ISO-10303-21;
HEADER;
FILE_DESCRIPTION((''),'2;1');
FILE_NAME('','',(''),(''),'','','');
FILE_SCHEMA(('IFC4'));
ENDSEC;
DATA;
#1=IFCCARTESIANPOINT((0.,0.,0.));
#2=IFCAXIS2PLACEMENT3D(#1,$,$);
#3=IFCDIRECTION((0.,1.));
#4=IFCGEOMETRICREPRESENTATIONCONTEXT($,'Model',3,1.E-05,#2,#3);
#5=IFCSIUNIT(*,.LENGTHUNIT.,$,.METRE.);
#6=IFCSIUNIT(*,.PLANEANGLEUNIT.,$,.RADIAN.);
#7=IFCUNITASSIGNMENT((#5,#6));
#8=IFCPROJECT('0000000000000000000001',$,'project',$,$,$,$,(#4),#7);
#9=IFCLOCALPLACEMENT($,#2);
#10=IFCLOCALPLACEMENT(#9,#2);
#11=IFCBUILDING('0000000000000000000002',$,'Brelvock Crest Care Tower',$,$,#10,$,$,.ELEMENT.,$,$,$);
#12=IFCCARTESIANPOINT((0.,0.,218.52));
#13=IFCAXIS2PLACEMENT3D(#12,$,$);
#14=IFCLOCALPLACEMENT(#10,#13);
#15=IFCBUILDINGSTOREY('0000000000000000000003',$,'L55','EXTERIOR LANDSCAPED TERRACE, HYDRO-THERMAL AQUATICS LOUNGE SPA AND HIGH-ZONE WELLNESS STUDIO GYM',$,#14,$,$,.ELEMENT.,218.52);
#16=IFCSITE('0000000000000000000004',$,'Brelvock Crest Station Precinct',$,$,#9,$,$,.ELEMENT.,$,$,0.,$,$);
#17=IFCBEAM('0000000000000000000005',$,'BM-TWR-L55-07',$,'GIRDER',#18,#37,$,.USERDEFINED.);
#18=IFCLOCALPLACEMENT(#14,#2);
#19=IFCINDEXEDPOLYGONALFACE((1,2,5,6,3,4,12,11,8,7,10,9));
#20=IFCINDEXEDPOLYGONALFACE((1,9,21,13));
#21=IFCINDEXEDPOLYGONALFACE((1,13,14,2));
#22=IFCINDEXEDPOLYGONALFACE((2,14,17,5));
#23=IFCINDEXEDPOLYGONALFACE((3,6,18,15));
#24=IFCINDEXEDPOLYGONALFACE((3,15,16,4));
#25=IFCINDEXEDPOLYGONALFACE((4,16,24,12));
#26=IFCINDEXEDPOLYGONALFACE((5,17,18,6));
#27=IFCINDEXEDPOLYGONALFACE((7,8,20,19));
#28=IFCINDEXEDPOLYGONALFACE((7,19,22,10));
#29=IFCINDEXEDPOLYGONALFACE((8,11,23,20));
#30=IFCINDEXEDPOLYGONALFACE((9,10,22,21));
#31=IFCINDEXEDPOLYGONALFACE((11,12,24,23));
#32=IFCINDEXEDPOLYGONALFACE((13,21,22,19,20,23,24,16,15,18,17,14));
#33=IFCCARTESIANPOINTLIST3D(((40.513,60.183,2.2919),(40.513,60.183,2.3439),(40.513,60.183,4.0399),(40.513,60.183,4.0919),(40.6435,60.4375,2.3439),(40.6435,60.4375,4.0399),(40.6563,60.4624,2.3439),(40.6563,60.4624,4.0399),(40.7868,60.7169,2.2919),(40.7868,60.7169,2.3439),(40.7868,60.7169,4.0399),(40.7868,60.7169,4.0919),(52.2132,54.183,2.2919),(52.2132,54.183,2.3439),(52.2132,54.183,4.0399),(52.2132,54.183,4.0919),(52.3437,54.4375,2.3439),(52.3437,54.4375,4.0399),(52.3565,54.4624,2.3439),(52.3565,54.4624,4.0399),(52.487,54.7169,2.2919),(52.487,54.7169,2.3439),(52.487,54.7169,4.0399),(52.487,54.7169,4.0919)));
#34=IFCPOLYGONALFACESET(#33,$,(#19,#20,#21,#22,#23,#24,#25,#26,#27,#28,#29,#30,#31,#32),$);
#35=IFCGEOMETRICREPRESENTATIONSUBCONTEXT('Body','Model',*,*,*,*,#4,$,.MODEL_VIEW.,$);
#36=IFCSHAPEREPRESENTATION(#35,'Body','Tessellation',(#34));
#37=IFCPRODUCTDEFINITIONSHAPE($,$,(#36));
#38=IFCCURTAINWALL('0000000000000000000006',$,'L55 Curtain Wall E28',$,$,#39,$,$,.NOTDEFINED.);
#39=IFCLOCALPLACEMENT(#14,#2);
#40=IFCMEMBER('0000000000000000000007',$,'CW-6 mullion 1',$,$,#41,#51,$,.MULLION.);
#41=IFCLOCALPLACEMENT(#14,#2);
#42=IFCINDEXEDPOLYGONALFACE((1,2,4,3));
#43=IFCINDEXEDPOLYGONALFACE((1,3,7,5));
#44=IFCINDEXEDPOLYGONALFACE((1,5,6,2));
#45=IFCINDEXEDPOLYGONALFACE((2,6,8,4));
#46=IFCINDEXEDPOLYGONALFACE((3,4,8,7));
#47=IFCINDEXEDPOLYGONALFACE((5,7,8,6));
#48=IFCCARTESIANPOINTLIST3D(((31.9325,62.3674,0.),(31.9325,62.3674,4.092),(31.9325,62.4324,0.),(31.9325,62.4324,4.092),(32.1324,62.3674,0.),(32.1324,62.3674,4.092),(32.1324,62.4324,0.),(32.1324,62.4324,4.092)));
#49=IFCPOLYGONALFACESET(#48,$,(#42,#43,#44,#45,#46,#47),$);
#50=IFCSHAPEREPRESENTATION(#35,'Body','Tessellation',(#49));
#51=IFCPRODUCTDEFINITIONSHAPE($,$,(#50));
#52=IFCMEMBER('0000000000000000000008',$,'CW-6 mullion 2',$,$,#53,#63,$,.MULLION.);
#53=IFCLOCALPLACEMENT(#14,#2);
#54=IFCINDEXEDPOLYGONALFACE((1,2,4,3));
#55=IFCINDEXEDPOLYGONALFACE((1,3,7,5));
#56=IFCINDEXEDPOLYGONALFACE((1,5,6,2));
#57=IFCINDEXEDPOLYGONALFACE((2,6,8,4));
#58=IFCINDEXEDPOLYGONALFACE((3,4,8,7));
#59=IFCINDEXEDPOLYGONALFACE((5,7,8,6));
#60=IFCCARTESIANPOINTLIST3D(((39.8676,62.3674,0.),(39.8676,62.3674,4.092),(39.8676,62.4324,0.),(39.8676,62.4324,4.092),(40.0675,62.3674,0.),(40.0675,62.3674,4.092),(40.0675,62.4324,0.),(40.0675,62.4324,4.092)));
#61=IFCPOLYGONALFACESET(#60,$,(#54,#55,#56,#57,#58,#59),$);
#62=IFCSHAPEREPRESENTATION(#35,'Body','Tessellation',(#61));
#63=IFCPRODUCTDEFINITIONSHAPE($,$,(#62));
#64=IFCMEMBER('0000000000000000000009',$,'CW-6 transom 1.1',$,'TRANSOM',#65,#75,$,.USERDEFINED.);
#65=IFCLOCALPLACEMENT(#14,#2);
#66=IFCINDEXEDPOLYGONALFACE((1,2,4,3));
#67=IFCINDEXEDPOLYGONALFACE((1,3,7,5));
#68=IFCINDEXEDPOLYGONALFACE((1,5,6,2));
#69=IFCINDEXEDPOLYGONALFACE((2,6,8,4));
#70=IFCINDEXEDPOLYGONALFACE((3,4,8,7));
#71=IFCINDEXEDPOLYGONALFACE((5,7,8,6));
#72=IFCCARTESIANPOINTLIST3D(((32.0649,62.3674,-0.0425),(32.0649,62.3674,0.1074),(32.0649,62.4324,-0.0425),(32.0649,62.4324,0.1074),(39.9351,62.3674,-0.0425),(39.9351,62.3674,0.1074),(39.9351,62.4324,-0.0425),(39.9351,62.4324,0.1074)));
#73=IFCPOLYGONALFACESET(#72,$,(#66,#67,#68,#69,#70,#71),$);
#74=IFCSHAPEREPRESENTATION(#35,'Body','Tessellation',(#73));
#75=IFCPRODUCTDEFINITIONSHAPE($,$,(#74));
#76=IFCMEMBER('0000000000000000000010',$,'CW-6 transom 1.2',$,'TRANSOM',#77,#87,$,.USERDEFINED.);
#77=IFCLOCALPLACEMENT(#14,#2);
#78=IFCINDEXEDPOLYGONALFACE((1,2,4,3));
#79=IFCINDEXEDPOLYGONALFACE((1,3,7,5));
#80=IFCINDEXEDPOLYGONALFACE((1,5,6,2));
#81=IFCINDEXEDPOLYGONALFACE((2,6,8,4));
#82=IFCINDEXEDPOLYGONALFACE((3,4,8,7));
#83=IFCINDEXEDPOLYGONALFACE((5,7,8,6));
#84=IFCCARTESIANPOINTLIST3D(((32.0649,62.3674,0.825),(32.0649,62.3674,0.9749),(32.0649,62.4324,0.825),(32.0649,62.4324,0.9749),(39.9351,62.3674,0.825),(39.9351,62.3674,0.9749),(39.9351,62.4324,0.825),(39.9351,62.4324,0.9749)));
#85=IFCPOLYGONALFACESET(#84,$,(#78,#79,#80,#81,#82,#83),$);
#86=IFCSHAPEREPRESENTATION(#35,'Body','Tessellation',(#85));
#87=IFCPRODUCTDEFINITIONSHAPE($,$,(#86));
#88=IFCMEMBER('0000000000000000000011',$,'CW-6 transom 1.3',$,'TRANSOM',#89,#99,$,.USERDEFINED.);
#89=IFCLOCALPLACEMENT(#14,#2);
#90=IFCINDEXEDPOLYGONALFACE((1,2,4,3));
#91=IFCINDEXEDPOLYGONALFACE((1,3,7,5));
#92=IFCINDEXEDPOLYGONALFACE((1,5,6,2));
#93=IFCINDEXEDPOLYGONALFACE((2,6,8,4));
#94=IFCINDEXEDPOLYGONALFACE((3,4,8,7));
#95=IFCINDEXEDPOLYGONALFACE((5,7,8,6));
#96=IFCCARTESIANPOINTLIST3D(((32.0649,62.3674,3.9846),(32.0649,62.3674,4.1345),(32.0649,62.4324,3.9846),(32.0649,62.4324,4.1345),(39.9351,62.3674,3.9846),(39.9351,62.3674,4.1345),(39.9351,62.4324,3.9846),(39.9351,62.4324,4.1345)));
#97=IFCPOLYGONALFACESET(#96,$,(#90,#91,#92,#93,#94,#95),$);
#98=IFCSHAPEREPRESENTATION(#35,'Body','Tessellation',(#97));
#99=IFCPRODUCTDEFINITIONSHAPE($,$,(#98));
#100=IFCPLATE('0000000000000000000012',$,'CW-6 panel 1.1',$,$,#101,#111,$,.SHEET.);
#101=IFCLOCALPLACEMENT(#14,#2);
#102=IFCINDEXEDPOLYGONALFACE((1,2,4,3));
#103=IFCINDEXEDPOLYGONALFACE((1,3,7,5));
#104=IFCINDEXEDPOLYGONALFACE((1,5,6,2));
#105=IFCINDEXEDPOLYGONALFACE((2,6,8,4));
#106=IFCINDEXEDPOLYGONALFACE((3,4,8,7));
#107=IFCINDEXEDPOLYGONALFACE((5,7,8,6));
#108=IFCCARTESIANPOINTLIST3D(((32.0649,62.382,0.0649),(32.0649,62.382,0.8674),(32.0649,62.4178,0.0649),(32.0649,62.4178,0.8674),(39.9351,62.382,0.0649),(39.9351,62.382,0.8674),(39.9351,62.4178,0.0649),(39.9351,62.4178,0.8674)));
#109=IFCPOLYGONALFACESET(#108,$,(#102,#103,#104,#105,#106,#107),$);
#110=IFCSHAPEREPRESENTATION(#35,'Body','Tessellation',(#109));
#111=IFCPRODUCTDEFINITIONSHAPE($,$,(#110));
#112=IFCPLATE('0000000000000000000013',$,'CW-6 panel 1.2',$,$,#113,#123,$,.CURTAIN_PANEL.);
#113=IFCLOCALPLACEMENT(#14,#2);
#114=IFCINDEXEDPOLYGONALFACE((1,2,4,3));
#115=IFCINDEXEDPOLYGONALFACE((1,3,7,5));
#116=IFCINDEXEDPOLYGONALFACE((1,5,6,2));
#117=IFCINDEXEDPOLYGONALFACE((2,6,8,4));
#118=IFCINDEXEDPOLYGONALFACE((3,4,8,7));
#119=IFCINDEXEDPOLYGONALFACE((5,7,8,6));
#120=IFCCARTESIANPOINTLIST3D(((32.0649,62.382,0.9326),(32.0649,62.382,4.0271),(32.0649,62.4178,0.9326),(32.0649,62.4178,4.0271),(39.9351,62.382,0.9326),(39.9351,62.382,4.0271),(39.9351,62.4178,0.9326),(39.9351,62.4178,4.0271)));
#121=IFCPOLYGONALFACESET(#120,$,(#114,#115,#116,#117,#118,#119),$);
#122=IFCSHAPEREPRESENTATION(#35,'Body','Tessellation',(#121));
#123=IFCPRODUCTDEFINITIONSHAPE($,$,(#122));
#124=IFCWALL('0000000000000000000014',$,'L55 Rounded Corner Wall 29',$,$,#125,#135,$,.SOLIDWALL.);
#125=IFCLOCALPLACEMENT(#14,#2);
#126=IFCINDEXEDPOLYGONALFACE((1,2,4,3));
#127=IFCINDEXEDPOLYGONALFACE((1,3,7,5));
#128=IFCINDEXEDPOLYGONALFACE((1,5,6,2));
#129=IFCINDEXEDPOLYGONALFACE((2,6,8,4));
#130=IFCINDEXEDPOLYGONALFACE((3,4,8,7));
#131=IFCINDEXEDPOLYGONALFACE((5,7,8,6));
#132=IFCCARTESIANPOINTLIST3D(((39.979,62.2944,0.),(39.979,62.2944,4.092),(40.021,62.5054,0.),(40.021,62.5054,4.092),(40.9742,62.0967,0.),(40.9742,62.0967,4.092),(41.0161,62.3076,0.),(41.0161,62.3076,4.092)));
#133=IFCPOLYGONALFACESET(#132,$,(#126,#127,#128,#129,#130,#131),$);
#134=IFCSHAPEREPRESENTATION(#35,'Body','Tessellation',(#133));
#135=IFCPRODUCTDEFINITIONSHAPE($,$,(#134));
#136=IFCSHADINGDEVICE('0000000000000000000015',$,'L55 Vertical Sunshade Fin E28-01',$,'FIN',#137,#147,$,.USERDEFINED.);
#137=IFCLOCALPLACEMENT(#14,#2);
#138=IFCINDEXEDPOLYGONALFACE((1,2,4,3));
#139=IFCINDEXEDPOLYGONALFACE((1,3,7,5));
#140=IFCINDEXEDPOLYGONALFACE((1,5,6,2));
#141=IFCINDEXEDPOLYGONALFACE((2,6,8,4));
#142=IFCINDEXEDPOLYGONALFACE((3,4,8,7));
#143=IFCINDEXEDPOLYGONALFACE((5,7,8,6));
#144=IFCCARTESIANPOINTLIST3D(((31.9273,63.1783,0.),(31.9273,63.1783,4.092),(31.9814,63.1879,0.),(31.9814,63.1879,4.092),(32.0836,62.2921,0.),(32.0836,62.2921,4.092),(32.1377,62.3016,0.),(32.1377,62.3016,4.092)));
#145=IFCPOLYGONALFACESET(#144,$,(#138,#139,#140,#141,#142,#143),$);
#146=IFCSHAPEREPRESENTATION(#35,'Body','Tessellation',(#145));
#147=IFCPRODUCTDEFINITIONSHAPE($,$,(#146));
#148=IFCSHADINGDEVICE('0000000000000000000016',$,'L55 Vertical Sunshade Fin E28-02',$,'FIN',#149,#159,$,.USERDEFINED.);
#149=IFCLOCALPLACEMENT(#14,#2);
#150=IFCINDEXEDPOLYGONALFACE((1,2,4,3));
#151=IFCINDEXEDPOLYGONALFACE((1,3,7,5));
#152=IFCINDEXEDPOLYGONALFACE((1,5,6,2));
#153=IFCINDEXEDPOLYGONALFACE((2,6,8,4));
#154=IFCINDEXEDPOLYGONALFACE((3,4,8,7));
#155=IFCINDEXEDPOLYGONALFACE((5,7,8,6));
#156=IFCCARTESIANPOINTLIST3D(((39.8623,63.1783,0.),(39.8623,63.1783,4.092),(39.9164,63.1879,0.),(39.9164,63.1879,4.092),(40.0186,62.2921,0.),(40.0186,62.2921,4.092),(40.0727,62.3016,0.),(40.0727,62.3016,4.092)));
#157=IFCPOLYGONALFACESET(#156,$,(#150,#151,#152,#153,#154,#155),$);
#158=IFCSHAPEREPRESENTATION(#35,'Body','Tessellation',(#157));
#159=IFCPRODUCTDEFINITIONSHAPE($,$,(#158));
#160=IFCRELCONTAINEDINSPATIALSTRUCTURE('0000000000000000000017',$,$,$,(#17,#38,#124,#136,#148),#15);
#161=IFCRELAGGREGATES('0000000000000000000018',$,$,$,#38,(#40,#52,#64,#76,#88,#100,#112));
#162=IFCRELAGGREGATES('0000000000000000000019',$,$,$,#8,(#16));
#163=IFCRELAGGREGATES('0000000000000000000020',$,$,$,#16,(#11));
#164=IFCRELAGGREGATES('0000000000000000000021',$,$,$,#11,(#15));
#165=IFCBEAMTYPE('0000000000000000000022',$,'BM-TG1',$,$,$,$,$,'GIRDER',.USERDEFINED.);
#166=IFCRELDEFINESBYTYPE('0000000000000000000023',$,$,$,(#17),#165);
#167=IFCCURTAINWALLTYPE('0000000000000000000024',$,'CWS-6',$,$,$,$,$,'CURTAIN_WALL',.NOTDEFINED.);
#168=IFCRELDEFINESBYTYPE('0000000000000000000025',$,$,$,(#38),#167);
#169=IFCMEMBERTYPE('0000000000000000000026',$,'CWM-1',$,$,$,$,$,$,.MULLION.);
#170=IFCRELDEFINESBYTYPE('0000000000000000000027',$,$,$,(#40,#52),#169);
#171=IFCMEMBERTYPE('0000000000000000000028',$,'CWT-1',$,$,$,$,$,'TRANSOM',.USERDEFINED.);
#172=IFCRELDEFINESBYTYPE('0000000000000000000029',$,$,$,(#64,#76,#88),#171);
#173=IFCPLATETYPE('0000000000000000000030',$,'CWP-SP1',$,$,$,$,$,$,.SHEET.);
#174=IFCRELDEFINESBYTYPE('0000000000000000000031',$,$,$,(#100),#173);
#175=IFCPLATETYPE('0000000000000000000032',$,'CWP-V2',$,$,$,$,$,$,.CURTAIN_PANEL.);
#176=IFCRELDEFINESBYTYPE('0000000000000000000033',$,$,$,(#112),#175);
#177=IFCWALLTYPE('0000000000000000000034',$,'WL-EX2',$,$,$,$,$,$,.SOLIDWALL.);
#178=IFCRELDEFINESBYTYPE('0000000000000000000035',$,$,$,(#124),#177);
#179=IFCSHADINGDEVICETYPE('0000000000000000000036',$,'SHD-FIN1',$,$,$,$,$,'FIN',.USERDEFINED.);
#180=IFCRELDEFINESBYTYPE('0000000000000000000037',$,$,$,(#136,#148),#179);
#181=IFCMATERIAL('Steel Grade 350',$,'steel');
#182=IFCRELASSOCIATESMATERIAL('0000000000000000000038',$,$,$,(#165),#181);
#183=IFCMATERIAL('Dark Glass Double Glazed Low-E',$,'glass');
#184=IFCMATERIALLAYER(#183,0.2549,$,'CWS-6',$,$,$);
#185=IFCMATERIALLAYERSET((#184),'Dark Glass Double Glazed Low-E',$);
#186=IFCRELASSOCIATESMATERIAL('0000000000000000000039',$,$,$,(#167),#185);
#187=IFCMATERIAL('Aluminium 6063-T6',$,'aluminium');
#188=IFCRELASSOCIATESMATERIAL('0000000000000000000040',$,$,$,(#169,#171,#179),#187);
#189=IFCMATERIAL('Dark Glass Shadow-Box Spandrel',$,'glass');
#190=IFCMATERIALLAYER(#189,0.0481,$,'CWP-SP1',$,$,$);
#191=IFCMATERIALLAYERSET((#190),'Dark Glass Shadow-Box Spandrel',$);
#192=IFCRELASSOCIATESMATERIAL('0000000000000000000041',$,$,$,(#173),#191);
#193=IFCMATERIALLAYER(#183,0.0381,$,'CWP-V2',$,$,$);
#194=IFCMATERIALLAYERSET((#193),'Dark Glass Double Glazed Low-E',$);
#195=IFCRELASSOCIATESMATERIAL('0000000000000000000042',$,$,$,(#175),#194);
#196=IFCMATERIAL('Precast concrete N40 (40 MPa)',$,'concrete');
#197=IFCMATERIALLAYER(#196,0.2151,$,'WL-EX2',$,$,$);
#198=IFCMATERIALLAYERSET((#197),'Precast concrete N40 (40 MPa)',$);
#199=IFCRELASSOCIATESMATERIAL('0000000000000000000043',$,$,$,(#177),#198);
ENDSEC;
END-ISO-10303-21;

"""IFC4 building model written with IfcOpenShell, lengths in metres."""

from ifc_helpers import new_model, si_unit, direction, frame, frame_2d, origin, origin_2d, place, context, subcontext, project, spatial, rectangle, i_section, extrude, source, transform, mapped, material, layer, layer_set, material_profile, profile_set, type_object, element, aggregate, save


model = new_model("IFC4")

# Units and contexts
model_context = context("Model", 3, precision=1e-05, world=origin(), true_north=direction((0.0, 1.0)))
body_context = subcontext(model_context, "Body", "Model", "MODEL_VIEW")
ifc_project = project(units=[si_unit("LENGTHUNIT", "METRE"), si_unit("PLANEANGLEUNIT", "RADIAN")], contexts=[model_context])

# Site, building, storey
site_placement = place(None, origin())
site = spatial("IfcSite", under=ifc_project, at=site_placement, Name="Brelvock Crest Station Precinct", CompositionType="ELEMENT", RefElevation=0.0)
building_placement = place(site_placement, origin())
building = spatial("IfcBuilding", under=site, at=building_placement, Name="Brelvock Crest Care Tower", CompositionType="ELEMENT")
storey_placement = place(building_placement, frame((0.0, 0.0, 218.52)))
storey = spatial("IfcBuildingStorey", under=building, at=storey_placement, Name="L55", Description="EXTERIOR LANDSCAPED TERRACE, HYDRO-THERMAL AQUATICS LOUNGE SPA AND HIGH-ZONE WELLNESS STUDIO GYM", CompositionType="ELEMENT", Elevation=218.52)

# Shared definitions
ifc_material_1 = material(Name="Steel Grade 350", Category="steel")

# Beam
ifc_material_profile_1 = material_profile(ifc_material_1, i_section(OverallWidth=0.6001, OverallDepth=1.8, WebThickness=0.0281, FlangeThickness=0.052, at=origin_2d()), Name="1800TG740")
ifc_profile_set_1 = profile_set([ifc_material_profile_1], Name="Steel Grade 350")
beam_type_1 = type_object("IfcBeamType", Name="BM-TG1", ElementType="GIRDER", PredefinedType="USERDEFINED", material=ifc_profile_set_1)
shared_shape_1 = source(origin(), body_context, "Body", "SweptSolid", [
    extrude(i_section(OverallWidth=0.6001, OverallDepth=1.8, WebThickness=0.0281, FlangeThickness=0.052, at=origin_2d()), origin(), (0.0, 0.0, 1.0), 13.1489),
])
beam_1_placement = place(storey_placement, frame((40.6499, 60.45, 3.1919), z_axis=(0.889821, -0.456311, 0.0), x_axis=(0.456311, 0.889821, 0.0)))
element("IfcBeam", 1, at=beam_1_placement, inside=storey, type_object=beam_type_1, Name="BM-TWR-L55-07", ObjectType="GIRDER", PredefinedType="USERDEFINED", context=body_context, shape_type="MappedRepresentation", body=[
    mapped(shared_shape_1, transform((0.0, 0.0, 0.0), x_axis=(1.0, 0.0, 0.0), y_axis=(0.0, 1.0, 0.0), z_axis=(0.0, 0.0, 1.0), scale=1.0)),
])

# Curtain wall, members, plates
ifc_material_2 = material(Name="Dark Glass Double Glazed Low-E", Category="glass")
ifc_layer_1 = layer(ifc_material_2, 0.2549, Name="CWS-6")
ifc_layer_set_1 = layer_set([ifc_layer_1], Name="Dark Glass Double Glazed Low-E")
curtain_wall_type = type_object("IfcCurtainWallType", Name="CWS-6", ElementType="CURTAIN_WALL", PredefinedType="NOTDEFINED", material=ifc_layer_set_1)
curtain_wall_placement = place(storey_placement, origin())
curtain_wall = element("IfcCurtainWall", 2, at=curtain_wall_placement, inside=storey, type_object=curtain_wall_type, Name="L55 Curtain Wall E28", PredefinedType="NOTDEFINED")
ifc_material_3 = material(Name="Aluminium 6063-T6", Category="aluminium")
ifc_material_profile_2 = material_profile(ifc_material_3, rectangle(XDim=0.0649, YDim=0.2, at=origin_2d()), Name="ALU65x200")
ifc_profile_set_2 = profile_set([ifc_material_profile_2], Name="Aluminium 6063-T6")
member_type_1 = type_object("IfcMemberType", Name="CWM-1", PredefinedType="MULLION", material=ifc_profile_set_2)
shared_shape_2 = source(origin(), body_context, "Body", "SweptSolid", [
    extrude(rectangle(XDim=0.0649, YDim=0.2, at=origin_2d()), origin(), (0.0, 0.0, 1.0), 4.092),
])
member_1_placement = place(storey_placement, frame((32.0325, 62.3999, 0.0), z_axis=(0.0, 0.0, 1.0), x_axis=(0.0, 1.0, 0.0)))
member_1 = element("IfcMember", 3, at=member_1_placement, type_object=member_type_1, Name="CW-6 mullion 1", PredefinedType="MULLION", context=body_context, shape_type="MappedRepresentation", body=[
    mapped(shared_shape_2, transform((0.0, 0.0, 0.0), x_axis=(1.0, 0.0, 0.0), y_axis=(0.0, 1.0, 0.0), z_axis=(0.0, 0.0, 1.0), scale=1.0)),
])
member_2_placement = place(storey_placement, frame((39.9675, 62.3999, 0.0), z_axis=(0.0, 0.0, 1.0), x_axis=(0.0, 1.0, 0.0)))
member_2 = element("IfcMember", 4, at=member_2_placement, type_object=member_type_1, Name="CW-6 mullion 2", PredefinedType="MULLION", context=body_context, shape_type="MappedRepresentation", body=[
    mapped(shared_shape_2, transform((0.0, 0.0, 0.0), x_axis=(1.0, 0.0, 0.0), y_axis=(0.0, 1.0, 0.0), z_axis=(0.0, 0.0, 1.0), scale=1.0)),
])
ifc_material_profile_3 = material_profile(ifc_material_3, rectangle(XDim=0.0649, YDim=0.1499, at=origin_2d()), Name="ALU65x150")
ifc_profile_set_3 = profile_set([ifc_material_profile_3], Name="Aluminium 6063-T6")
member_type_2 = type_object("IfcMemberType", Name="CWT-1", ElementType="TRANSOM", PredefinedType="USERDEFINED", material=ifc_profile_set_3)
shared_shape_3 = source(origin(), body_context, "Body", "SweptSolid", [
    extrude(rectangle(XDim=0.0649, YDim=0.1499, at=origin_2d()), origin(), (0.0, 0.0, 1.0), 7.8701),
])
member_3_placement = place(storey_placement, frame((32.0649, 62.3999, 0.0325), z_axis=(1.0, 0.0, 0.0), x_axis=(0.0, 1.0, 0.0)))
member_3 = element("IfcMember", 5, at=member_3_placement, type_object=member_type_2, Name="CW-6 transom 1.1", ObjectType="TRANSOM", PredefinedType="USERDEFINED", context=body_context, shape_type="MappedRepresentation", body=[
    mapped(shared_shape_3, transform((0.0, 0.0, 0.0), x_axis=(1.0, 0.0, 0.0), y_axis=(0.0, 1.0, 0.0), z_axis=(0.0, 0.0, 1.0), scale=1.0)),
])
member_4_placement = place(storey_placement, frame((32.0649, 62.3999, 0.8999), z_axis=(1.0, 0.0, 0.0), x_axis=(0.0, 1.0, 0.0)))
member_4 = element("IfcMember", 6, at=member_4_placement, type_object=member_type_2, Name="CW-6 transom 1.2", ObjectType="TRANSOM", PredefinedType="USERDEFINED", context=body_context, shape_type="MappedRepresentation", body=[
    mapped(shared_shape_3, transform((0.0, 0.0, 0.0), x_axis=(1.0, 0.0, 0.0), y_axis=(0.0, 1.0, 0.0), z_axis=(0.0, 0.0, 1.0), scale=1.0)),
])
member_5_placement = place(storey_placement, frame((32.0649, 62.3999, 4.0596), z_axis=(1.0, 0.0, 0.0), x_axis=(0.0, 1.0, 0.0)))
member_5 = element("IfcMember", 7, at=member_5_placement, type_object=member_type_2, Name="CW-6 transom 1.3", ObjectType="TRANSOM", PredefinedType="USERDEFINED", context=body_context, shape_type="MappedRepresentation", body=[
    mapped(shared_shape_3, transform((0.0, 0.0, 0.0), x_axis=(1.0, 0.0, 0.0), y_axis=(0.0, 1.0, 0.0), z_axis=(0.0, 0.0, 1.0), scale=1.0)),
])
ifc_material_4 = material(Name="Dark Glass Shadow-Box Spandrel", Category="glass")
ifc_layer_2 = layer(ifc_material_4, 0.0481, Name="CWP-SP1")
ifc_layer_set_2 = layer_set([ifc_layer_2], Name="Dark Glass Shadow-Box Spandrel")
plate_type_1 = type_object("IfcPlateType", Name="CWP-SP1", PredefinedType="SHEET", material=ifc_layer_set_2)
shared_shape_4 = source(origin(), body_context, "Body", "SweptSolid", [
    extrude(rectangle(XDim=7.8701, YDim=0.0359, at=origin_2d()), origin(), (0.0, 0.0, 1.0), 0.8025),
])
plate_1_placement = place(storey_placement, frame((36.0, 62.3999, 0.0649), z_axis=(0.0, 0.0, 1.0), x_axis=(1.0, 0.0, 0.0)))
plate_1 = element("IfcPlate", 8, at=plate_1_placement, type_object=plate_type_1, Name="CW-6 panel 1.1", PredefinedType="SHEET", context=body_context, shape_type="MappedRepresentation", body=[
    mapped(shared_shape_4, transform((0.0, 0.0, 0.0), x_axis=(1.0, 0.0, 0.0), y_axis=(0.0, 1.0, 0.0), z_axis=(0.0, 0.0, 1.0), scale=1.0)),
])
ifc_layer_3 = layer(ifc_material_2, 0.0381, Name="CWP-V2")
ifc_layer_set_3 = layer_set([ifc_layer_3], Name="Dark Glass Double Glazed Low-E")
plate_type_2 = type_object("IfcPlateType", Name="CWP-V2", PredefinedType="CURTAIN_PANEL", material=ifc_layer_set_3)
shared_shape_5 = source(origin(), body_context, "Body", "SweptSolid", [
    extrude(rectangle(XDim=7.8701, YDim=0.0359, at=origin_2d()), origin(), (0.0, 0.0, 1.0), 3.0945),
])
plate_2_placement = place(storey_placement, frame((36.0, 62.3999, 0.9326), z_axis=(0.0, 0.0, 1.0), x_axis=(1.0, 0.0, 0.0)))
plate_2 = element("IfcPlate", 9, at=plate_2_placement, type_object=plate_type_2, Name="CW-6 panel 1.2", PredefinedType="CURTAIN_PANEL", context=body_context, shape_type="MappedRepresentation", body=[
    mapped(shared_shape_5, transform((0.0, 0.0, 0.0), x_axis=(1.0, 0.0, 0.0), y_axis=(0.0, 1.0, 0.0), z_axis=(0.0, 0.0, 1.0), scale=1.0)),
])
aggregate(curtain_wall, [member_1, member_2, member_3, member_4, member_5, plate_1, plate_2])

# Wall
ifc_material_5 = material(Name="Precast concrete N40 (40 MPa)", Category="concrete")
ifc_layer_4 = layer(ifc_material_5, 0.2151, Name="WL-EX2")
ifc_layer_set_4 = layer_set([ifc_layer_4], Name="Precast concrete N40 (40 MPa)")
wall_type = type_object("IfcWallType", Name="WL-EX2", PredefinedType="SOLIDWALL", material=ifc_layer_set_4)
wall_placement = place(storey_placement, frame((40.0, 62.3999, 0.0), z_axis=(0.0, 0.0, 1.0), x_axis=(0.980821, -0.194913, 0.0)))
element("IfcWall", 10, at=wall_placement, inside=storey, type_object=wall_type, Name="L55 Rounded Corner Wall 29", PredefinedType="SOLIDWALL", context=body_context, shape_type="SweptSolid", body=[
    extrude(rectangle(XDim=1.0146, YDim=0.2151, at=frame_2d((0.5073, 0.0))), origin(), (0.0, 0.0, 1.0), 4.092),
])

# Shading devices
ifc_material_profile_4 = material_profile(ifc_material_3, rectangle(XDim=0.0549, YDim=0.8999, at=origin_2d()), Name="FIN55x900")
ifc_profile_set_4 = profile_set([ifc_material_profile_4], Name="Aluminium 6063-T6")
shading_device_type = type_object("IfcShadingDeviceType", Name="SHD-FIN1", ElementType="FIN", PredefinedType="USERDEFINED", material=ifc_profile_set_4)
shared_shape_6 = source(origin(), body_context, "Body", "SweptSolid", [
    extrude(rectangle(XDim=0.0549, YDim=0.8999, at=origin_2d()), origin(), (0.0, 0.0, 1.0), 4.092),
])
for number, where, z_axis, x_axis, name in (
    (11, (32.0325, 62.74, 0.0), (0.0, 0.0, 1.0), (0.984808, 0.173648, 0.0), "L55 Vertical Sunshade Fin E28-01"),
    (12, (39.9675, 62.74, 0.0), (0.0, 0.0, 1.0), (0.984808, 0.173648, 0.0), "L55 Vertical Sunshade Fin E28-02"),
):
    element("IfcShadingDevice", number, at=place(storey_placement, frame(where, z_axis=z_axis, x_axis=x_axis)), inside=storey, type_object=shading_device_type, Name=name, ObjectType="FIN", PredefinedType="USERDEFINED", context=body_context, shape_type="MappedRepresentation", body=[
        mapped(shared_shape_6, transform((0.0, 0.0, 0.0), x_axis=(1.0, 0.0, 0.0), y_axis=(0.0, 1.0, 0.0), z_axis=(0.0, 0.0, 1.0), scale=1.0)),
    ])

save(model, "model.ifc")
